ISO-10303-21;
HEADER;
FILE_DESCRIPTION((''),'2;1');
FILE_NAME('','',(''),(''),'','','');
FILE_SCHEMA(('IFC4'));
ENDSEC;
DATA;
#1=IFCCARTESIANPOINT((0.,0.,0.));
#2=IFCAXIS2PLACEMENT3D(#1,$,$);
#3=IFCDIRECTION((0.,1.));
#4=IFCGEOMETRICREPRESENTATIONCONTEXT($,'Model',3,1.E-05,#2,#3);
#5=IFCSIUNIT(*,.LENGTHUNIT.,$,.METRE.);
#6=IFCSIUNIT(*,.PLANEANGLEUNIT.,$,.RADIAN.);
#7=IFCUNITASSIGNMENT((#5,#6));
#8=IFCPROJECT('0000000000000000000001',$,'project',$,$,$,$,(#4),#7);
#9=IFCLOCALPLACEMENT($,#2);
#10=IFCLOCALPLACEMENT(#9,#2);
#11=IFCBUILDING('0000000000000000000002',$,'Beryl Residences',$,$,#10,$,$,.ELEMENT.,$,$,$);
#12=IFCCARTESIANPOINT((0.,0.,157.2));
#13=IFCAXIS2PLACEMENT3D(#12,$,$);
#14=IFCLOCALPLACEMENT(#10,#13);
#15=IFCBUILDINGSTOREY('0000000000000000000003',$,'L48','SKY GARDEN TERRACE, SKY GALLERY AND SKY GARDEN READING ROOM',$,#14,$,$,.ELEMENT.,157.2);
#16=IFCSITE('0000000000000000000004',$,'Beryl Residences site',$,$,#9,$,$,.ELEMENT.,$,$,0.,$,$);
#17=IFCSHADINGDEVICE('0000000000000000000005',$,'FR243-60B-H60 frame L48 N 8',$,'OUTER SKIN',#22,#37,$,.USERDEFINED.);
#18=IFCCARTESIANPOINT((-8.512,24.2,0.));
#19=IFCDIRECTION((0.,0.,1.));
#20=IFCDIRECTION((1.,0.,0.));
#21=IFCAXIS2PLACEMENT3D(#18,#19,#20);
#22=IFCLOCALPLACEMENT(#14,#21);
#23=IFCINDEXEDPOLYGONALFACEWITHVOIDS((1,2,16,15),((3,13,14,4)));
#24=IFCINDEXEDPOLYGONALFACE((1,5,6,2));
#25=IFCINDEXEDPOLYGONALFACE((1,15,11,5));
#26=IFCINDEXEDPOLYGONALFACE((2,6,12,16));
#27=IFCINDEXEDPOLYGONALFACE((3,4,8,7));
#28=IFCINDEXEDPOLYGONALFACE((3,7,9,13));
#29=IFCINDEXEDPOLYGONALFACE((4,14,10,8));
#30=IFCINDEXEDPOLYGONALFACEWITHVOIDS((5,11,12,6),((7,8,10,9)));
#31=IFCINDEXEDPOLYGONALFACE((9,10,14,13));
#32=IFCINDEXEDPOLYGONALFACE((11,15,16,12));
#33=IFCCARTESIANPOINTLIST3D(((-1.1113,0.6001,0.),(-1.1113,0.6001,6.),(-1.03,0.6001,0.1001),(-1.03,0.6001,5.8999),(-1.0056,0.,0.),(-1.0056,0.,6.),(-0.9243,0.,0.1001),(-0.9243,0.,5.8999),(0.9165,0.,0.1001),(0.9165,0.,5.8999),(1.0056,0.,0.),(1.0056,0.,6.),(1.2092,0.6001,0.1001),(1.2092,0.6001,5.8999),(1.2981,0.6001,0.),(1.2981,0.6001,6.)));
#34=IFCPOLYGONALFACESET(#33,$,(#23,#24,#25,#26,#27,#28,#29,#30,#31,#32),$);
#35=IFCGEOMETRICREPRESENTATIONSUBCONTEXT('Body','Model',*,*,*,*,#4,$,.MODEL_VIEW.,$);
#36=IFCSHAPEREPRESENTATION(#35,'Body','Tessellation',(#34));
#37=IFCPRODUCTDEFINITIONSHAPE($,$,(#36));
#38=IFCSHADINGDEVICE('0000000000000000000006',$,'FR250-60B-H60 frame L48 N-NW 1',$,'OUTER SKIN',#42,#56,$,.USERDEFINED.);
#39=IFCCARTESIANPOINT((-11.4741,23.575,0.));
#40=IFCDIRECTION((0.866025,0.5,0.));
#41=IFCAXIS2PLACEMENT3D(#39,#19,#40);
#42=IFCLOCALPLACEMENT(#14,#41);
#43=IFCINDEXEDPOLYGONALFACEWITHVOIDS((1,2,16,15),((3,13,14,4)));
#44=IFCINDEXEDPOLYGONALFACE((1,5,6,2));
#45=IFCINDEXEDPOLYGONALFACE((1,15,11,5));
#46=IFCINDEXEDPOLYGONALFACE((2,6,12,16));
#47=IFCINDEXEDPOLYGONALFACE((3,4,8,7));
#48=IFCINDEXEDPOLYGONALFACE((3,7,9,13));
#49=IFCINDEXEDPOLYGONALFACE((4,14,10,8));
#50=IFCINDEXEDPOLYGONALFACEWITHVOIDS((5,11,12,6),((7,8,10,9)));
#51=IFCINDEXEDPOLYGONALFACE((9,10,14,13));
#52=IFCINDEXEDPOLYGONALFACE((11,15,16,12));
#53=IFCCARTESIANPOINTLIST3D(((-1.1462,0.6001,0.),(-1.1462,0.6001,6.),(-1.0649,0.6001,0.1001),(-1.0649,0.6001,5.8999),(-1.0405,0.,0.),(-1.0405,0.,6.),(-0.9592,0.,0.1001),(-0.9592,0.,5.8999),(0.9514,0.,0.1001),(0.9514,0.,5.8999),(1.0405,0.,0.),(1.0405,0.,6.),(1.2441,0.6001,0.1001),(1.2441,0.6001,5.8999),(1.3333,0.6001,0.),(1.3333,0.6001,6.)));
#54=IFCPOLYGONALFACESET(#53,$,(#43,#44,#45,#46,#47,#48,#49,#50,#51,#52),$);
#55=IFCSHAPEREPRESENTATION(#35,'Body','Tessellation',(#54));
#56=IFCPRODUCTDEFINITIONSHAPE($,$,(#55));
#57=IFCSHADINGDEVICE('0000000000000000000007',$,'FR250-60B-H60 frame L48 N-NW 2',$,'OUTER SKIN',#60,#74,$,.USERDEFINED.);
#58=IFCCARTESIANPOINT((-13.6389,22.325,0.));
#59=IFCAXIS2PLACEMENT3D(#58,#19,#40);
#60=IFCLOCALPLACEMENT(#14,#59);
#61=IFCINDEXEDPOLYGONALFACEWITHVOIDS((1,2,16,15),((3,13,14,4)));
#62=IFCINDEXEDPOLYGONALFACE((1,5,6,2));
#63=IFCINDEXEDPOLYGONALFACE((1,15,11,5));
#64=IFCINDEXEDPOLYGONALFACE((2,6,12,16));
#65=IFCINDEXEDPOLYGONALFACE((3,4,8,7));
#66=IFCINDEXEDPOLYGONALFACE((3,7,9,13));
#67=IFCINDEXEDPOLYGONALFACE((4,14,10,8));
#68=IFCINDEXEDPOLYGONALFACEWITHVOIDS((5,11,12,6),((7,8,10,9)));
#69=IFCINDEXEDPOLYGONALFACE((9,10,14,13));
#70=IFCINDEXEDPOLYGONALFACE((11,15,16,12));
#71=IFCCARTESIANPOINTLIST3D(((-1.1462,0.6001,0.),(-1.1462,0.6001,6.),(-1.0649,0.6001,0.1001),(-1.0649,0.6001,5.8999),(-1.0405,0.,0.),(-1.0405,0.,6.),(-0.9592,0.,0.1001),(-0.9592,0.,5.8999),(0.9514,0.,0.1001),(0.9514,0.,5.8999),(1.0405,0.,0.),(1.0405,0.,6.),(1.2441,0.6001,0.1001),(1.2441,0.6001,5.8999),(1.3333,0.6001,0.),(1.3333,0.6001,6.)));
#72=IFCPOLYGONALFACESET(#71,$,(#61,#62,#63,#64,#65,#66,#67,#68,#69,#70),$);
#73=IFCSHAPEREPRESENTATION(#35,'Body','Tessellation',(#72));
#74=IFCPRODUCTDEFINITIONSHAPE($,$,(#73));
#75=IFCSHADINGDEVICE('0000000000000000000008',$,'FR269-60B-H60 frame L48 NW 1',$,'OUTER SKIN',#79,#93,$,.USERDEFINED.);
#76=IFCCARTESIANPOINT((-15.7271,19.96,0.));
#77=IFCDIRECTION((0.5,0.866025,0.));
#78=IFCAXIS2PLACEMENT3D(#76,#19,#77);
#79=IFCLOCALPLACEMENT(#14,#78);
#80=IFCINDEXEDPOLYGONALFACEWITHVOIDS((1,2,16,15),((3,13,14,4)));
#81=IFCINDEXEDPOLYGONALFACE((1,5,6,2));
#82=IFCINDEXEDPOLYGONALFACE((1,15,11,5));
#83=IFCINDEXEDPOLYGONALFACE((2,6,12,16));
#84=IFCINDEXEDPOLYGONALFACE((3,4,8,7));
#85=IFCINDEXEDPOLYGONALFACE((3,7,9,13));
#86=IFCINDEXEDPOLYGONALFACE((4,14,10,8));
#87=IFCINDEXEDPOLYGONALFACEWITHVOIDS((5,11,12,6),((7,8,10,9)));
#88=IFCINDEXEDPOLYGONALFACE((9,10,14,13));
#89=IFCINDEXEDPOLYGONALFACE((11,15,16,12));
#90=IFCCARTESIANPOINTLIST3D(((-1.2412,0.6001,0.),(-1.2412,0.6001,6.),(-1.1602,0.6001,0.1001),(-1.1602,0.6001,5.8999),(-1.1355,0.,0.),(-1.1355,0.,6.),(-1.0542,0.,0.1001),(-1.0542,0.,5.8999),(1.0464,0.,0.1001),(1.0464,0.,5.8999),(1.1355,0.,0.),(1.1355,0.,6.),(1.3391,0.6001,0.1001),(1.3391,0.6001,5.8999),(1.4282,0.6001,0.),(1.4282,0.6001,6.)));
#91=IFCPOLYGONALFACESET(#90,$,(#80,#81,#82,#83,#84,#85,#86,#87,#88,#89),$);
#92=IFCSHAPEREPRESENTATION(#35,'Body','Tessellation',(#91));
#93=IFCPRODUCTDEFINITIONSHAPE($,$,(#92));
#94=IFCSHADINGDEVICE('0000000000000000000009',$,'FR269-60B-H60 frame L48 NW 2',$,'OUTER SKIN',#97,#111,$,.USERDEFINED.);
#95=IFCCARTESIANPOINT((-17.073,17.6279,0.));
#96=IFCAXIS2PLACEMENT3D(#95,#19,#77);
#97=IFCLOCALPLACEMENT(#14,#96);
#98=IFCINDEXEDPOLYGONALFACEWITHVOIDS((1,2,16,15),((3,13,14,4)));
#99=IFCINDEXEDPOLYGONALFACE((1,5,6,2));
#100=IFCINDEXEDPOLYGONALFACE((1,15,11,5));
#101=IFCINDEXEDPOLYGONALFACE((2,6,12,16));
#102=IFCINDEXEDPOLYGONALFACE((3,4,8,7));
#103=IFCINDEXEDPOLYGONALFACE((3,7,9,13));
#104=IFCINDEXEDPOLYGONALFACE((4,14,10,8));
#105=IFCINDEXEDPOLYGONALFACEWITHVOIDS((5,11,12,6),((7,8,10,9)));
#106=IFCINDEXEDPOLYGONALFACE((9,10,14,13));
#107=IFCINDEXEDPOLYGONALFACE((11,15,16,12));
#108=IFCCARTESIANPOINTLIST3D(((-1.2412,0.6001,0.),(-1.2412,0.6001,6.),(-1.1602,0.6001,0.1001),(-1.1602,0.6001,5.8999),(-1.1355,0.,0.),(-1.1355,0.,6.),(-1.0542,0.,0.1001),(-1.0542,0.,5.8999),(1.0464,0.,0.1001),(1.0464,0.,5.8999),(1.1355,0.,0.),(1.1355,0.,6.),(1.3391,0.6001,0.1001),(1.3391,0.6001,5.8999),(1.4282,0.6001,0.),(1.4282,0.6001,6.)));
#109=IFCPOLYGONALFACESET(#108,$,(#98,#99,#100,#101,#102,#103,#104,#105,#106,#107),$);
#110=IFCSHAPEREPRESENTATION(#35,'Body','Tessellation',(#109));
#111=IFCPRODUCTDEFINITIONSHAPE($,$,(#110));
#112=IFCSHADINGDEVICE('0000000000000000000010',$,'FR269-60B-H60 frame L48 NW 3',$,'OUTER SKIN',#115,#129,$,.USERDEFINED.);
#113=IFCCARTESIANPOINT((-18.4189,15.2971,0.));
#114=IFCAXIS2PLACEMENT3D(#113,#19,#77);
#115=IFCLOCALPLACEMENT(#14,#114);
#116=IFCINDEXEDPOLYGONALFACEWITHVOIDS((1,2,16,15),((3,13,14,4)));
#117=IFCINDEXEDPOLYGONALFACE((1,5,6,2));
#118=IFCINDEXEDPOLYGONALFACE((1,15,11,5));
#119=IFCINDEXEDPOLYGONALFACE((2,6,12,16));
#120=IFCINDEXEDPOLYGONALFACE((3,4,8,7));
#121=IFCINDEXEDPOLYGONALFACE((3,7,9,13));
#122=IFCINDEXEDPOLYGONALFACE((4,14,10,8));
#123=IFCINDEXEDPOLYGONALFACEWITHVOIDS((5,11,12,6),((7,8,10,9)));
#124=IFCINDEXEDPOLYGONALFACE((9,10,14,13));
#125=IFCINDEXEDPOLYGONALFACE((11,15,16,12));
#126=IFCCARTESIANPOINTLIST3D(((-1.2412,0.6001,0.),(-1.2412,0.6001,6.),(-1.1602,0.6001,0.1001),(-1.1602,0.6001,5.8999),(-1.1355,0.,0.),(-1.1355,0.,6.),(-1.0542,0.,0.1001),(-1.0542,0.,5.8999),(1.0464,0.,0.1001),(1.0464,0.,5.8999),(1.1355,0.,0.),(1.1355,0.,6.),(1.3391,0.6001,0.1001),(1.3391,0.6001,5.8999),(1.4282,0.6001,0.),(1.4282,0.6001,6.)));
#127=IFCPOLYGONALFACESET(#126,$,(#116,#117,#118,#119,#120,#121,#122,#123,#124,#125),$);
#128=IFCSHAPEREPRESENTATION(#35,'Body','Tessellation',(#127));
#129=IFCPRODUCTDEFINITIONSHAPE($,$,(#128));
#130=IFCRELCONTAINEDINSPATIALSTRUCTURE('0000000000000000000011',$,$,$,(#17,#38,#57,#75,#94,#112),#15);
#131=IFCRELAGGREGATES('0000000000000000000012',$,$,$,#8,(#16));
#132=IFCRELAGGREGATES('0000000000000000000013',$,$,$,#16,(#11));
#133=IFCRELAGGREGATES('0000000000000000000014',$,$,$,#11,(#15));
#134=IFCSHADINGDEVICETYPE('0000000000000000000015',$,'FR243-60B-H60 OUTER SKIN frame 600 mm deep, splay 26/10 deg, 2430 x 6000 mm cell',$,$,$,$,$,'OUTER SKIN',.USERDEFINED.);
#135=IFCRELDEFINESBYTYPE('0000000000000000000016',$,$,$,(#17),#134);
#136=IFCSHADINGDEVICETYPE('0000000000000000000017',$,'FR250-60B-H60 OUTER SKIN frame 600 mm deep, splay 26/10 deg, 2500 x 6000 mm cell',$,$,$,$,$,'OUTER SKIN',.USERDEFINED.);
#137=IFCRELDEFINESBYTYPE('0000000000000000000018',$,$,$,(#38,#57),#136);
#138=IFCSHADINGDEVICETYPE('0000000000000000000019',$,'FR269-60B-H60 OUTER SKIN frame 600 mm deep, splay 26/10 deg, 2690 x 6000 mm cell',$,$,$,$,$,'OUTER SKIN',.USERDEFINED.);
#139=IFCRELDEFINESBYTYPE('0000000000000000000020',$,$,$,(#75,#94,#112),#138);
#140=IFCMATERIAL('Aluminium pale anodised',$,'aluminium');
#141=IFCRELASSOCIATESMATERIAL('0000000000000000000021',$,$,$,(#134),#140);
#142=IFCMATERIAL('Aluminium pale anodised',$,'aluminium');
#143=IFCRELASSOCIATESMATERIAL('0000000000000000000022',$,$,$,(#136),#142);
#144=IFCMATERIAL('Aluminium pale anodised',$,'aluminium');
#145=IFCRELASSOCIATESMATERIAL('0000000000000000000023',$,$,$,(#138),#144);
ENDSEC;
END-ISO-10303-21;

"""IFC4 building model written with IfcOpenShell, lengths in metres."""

from ifc_helpers import new_model, entity, si_unit, direction, frame, origin, place, context, subcontext, project, spatial, source, transform, mapped, material, type_object, type_shapes, element, save


model = new_model("IFC4")

# Units and contexts
model_context = context("Model", 3, precision=1e-05, world=origin(), true_north=direction((0.0, 1.0)))
body_context = subcontext(model_context, "Body", "Model", "MODEL_VIEW")
ifc_project = project(units=[si_unit("LENGTHUNIT", "METRE"), si_unit("PLANEANGLEUNIT", "RADIAN")], contexts=[model_context])

# Site, building, storey
site_placement = place(None, origin())
site = spatial("IfcSite", under=ifc_project, at=site_placement, Name="Beryl Residences site", CompositionType="ELEMENT", RefElevation=0.0)
building_placement = place(site_placement, origin())
building = spatial("IfcBuilding", under=site, at=building_placement, Name="Beryl Residences", CompositionType="ELEMENT")
storey_placement = place(building_placement, frame((0.0, 0.0, 157.2)))
storey = spatial("IfcBuildingStorey", under=building, at=storey_placement, Name="L48", Description="SKY GARDEN TERRACE, SKY GALLERY AND SKY GARDEN READING ROOM", CompositionType="ELEMENT", Elevation=157.2)

# Shading devices
ifc_material_1 = material(Name="Aluminium pale anodised", Category="aluminium")
shading_device_type_1 = type_object("IfcShadingDeviceType", Name="FR243-60B-H60 OUTER SKIN frame 600 mm deep, splay 26/10 deg, 2430 x 6000 mm cell", ElementType="OUTER SKIN", PredefinedType="USERDEFINED", material=ifc_material_1)
cartesian_point_1 = entity("IfcCartesianPoint", [-1.0056, 0.0])
cartesian_point_2 = entity("IfcCartesianPoint", [-0.9165, 0.1001])
cartesian_point_3 = entity("IfcCartesianPoint", [-1.2981, 0.0])
cartesian_point_4 = entity("IfcCartesianPoint", [-1.2092, 0.1001])
shared_shape_1 = source(origin(), body_context, "Body", "SweptSolid", [
    entity("IfcExtrudedAreaSolidTapered", entity("IfcArbitraryProfileDefWithVoids", "AREA", None, entity("IfcPolyline", [cartesian_point_1, entity("IfcCartesianPoint", [1.0056, 0.0]), entity("IfcCartesianPoint", [1.0056, 6.0]), entity("IfcCartesianPoint", [-1.0056, 6.0]), cartesian_point_1]), [entity("IfcPolyline", [cartesian_point_2, entity("IfcCartesianPoint", [0.9243, 0.1001]), entity("IfcCartesianPoint", [0.9243, 5.8999]), entity("IfcCartesianPoint", [-0.9165, 5.8999]), cartesian_point_2])]), entity("IfcAxis2Placement3D", entity("IfcCartesianPoint", [0.0, 0.0, 0.0]), entity("IfcDirection", [0.0, 1.0, 0.0]), entity("IfcDirection", [-1.0, 0.0, 0.0])), entity("IfcDirection", [0.0, 0.0, 1.0]), 0.6001, entity("IfcArbitraryProfileDefWithVoids", "AREA", None, entity("IfcPolyline", [cartesian_point_3, entity("IfcCartesianPoint", [1.1113, 0.0]), entity("IfcCartesianPoint", [1.1113, 6.0]), entity("IfcCartesianPoint", [-1.2981, 6.0]), cartesian_point_3]), [entity("IfcPolyline", [cartesian_point_4, entity("IfcCartesianPoint", [1.03, 0.1001]), entity("IfcCartesianPoint", [1.03, 5.8999]), entity("IfcCartesianPoint", [-1.2092, 5.8999]), cartesian_point_4])])),
])
type_shapes(shading_device_type_1, [shared_shape_1])
shading_device_placement = place(storey_placement, frame((-8.512, 24.2, 0.0), z_axis=(0.0, 0.0, 1.0), x_axis=(1.0, 0.0, 0.0)))
element("IfcShadingDevice", 1, at=shading_device_placement, inside=storey, type_object=shading_device_type_1, Name="FR243-60B-H60 frame L48 N 8", ObjectType="OUTER SKIN", PredefinedType="USERDEFINED", context=body_context, shape_type="MappedRepresentation", body=[
    mapped(shared_shape_1, transform((0.0, 0.0, 0.0))),
])
ifc_material_2 = material(Name="Aluminium pale anodised", Category="aluminium")
shading_device_type_2 = type_object("IfcShadingDeviceType", Name="FR250-60B-H60 OUTER SKIN frame 600 mm deep, splay 26/10 deg, 2500 x 6000 mm cell", ElementType="OUTER SKIN", PredefinedType="USERDEFINED", material=ifc_material_2)
cartesian_point_5 = entity("IfcCartesianPoint", [-1.0405, 0.0])
cartesian_point_6 = entity("IfcCartesianPoint", [-0.9514, 0.1001])
cartesian_point_7 = entity("IfcCartesianPoint", [-1.3333, 0.0])
cartesian_point_8 = entity("IfcCartesianPoint", [-1.2441, 0.1001])
shared_shape_2 = source(origin(), body_context, "Body", "SweptSolid", [
    entity("IfcExtrudedAreaSolidTapered", entity("IfcArbitraryProfileDefWithVoids", "AREA", None, entity("IfcPolyline", [cartesian_point_5, entity("IfcCartesianPoint", [1.0405, 0.0]), entity("IfcCartesianPoint", [1.0405, 6.0]), entity("IfcCartesianPoint", [-1.0405, 6.0]), cartesian_point_5]), [entity("IfcPolyline", [cartesian_point_6, entity("IfcCartesianPoint", [0.9592, 0.1001]), entity("IfcCartesianPoint", [0.9592, 5.8999]), entity("IfcCartesianPoint", [-0.9514, 5.8999]), cartesian_point_6])]), entity("IfcAxis2Placement3D", entity("IfcCartesianPoint", [0.0, 0.0, 0.0]), entity("IfcDirection", [0.0, 1.0, 0.0]), entity("IfcDirection", [-1.0, 0.0, 0.0])), entity("IfcDirection", [0.0, 0.0, 1.0]), 0.6001, entity("IfcArbitraryProfileDefWithVoids", "AREA", None, entity("IfcPolyline", [cartesian_point_7, entity("IfcCartesianPoint", [1.1462, 0.0]), entity("IfcCartesianPoint", [1.1462, 6.0]), entity("IfcCartesianPoint", [-1.3333, 6.0]), cartesian_point_7]), [entity("IfcPolyline", [cartesian_point_8, entity("IfcCartesianPoint", [1.0649, 0.1001]), entity("IfcCartesianPoint", [1.0649, 5.8999]), entity("IfcCartesianPoint", [-1.2441, 5.8999]), cartesian_point_8])])),
])
type_shapes(shading_device_type_2, [shared_shape_2])
for number, where, z_axis, x_axis, name in (
    (2, (-11.4741, 23.575, 0.0), (0.0, 0.0, 1.0), (0.866025, 0.5, 0.0), "FR250-60B-H60 frame L48 N-NW 1"),
    (3, (-13.6389, 22.325, 0.0), (0.0, 0.0, 1.0), (0.866025, 0.5, 0.0), "FR250-60B-H60 frame L48 N-NW 2"),
):
    element("IfcShadingDevice", number, at=place(storey_placement, frame(where, z_axis=z_axis, x_axis=x_axis)), inside=storey, type_object=shading_device_type_2, Name=name, ObjectType="OUTER SKIN", PredefinedType="USERDEFINED", context=body_context, shape_type="MappedRepresentation", body=[
        mapped(shared_shape_2, transform((0.0, 0.0, 0.0))),
    ])
ifc_material_3 = material(Name="Aluminium pale anodised", Category="aluminium")
shading_device_type_3 = type_object("IfcShadingDeviceType", Name="FR269-60B-H60 OUTER SKIN frame 600 mm deep, splay 26/10 deg, 2690 x 6000 mm cell", ElementType="OUTER SKIN", PredefinedType="USERDEFINED", material=ifc_material_3)
cartesian_point_9 = entity("IfcCartesianPoint", [-1.1355, 0.0])
cartesian_point_10 = entity("IfcCartesianPoint", [-1.0464, 0.1001])
cartesian_point_11 = entity("IfcCartesianPoint", [-1.4282, 0.0])
cartesian_point_12 = entity("IfcCartesianPoint", [-1.3391, 0.1001])
shared_shape_3 = source(origin(), body_context, "Body", "SweptSolid", [
    entity("IfcExtrudedAreaSolidTapered", entity("IfcArbitraryProfileDefWithVoids", "AREA", None, entity("IfcPolyline", [cartesian_point_9, entity("IfcCartesianPoint", [1.1355, 0.0]), entity("IfcCartesianPoint", [1.1355, 6.0]), entity("IfcCartesianPoint", [-1.1355, 6.0]), cartesian_point_9]), [entity("IfcPolyline", [cartesian_point_10, entity("IfcCartesianPoint", [1.0542, 0.1001]), entity("IfcCartesianPoint", [1.0542, 5.8999]), entity("IfcCartesianPoint", [-1.0464, 5.8999]), cartesian_point_10])]), entity("IfcAxis2Placement3D", entity("IfcCartesianPoint", [0.0, 0.0, 0.0]), entity("IfcDirection", [0.0, 1.0, 0.0]), entity("IfcDirection", [-1.0, 0.0, 0.0])), entity("IfcDirection", [0.0, 0.0, 1.0]), 0.6001, entity("IfcArbitraryProfileDefWithVoids", "AREA", None, entity("IfcPolyline", [cartesian_point_11, entity("IfcCartesianPoint", [1.2412, 0.0]), entity("IfcCartesianPoint", [1.2412, 6.0]), entity("IfcCartesianPoint", [-1.4282, 6.0]), cartesian_point_11]), [entity("IfcPolyline", [cartesian_point_12, entity("IfcCartesianPoint", [1.1602, 0.1001]), entity("IfcCartesianPoint", [1.1602, 5.8999]), entity("IfcCartesianPoint", [-1.3391, 5.8999]), cartesian_point_12])])),
])
type_shapes(shading_device_type_3, [shared_shape_3])
for number, where, z_axis, x_axis, name in (
    (4, (-15.7271, 19.96, 0.0), (0.0, 0.0, 1.0), (0.5, 0.866025, 0.0), "FR269-60B-H60 frame L48 NW 1"),
    (5, (-17.073, 17.6279, 0.0), (0.0, 0.0, 1.0), (0.5, 0.866025, 0.0), "FR269-60B-H60 frame L48 NW 2"),
    (6, (-18.4189, 15.2971, 0.0), (0.0, 0.0, 1.0), (0.5, 0.866025, 0.0), "FR269-60B-H60 frame L48 NW 3"),
):
    element("IfcShadingDevice", number, at=place(storey_placement, frame(where, z_axis=z_axis, x_axis=x_axis)), inside=storey, type_object=shading_device_type_3, Name=name, ObjectType="OUTER SKIN", PredefinedType="USERDEFINED", context=body_context, shape_type="MappedRepresentation", body=[
        mapped(shared_shape_3, transform((0.0, 0.0, 0.0))),
    ])

save(model, "model.ifc")
